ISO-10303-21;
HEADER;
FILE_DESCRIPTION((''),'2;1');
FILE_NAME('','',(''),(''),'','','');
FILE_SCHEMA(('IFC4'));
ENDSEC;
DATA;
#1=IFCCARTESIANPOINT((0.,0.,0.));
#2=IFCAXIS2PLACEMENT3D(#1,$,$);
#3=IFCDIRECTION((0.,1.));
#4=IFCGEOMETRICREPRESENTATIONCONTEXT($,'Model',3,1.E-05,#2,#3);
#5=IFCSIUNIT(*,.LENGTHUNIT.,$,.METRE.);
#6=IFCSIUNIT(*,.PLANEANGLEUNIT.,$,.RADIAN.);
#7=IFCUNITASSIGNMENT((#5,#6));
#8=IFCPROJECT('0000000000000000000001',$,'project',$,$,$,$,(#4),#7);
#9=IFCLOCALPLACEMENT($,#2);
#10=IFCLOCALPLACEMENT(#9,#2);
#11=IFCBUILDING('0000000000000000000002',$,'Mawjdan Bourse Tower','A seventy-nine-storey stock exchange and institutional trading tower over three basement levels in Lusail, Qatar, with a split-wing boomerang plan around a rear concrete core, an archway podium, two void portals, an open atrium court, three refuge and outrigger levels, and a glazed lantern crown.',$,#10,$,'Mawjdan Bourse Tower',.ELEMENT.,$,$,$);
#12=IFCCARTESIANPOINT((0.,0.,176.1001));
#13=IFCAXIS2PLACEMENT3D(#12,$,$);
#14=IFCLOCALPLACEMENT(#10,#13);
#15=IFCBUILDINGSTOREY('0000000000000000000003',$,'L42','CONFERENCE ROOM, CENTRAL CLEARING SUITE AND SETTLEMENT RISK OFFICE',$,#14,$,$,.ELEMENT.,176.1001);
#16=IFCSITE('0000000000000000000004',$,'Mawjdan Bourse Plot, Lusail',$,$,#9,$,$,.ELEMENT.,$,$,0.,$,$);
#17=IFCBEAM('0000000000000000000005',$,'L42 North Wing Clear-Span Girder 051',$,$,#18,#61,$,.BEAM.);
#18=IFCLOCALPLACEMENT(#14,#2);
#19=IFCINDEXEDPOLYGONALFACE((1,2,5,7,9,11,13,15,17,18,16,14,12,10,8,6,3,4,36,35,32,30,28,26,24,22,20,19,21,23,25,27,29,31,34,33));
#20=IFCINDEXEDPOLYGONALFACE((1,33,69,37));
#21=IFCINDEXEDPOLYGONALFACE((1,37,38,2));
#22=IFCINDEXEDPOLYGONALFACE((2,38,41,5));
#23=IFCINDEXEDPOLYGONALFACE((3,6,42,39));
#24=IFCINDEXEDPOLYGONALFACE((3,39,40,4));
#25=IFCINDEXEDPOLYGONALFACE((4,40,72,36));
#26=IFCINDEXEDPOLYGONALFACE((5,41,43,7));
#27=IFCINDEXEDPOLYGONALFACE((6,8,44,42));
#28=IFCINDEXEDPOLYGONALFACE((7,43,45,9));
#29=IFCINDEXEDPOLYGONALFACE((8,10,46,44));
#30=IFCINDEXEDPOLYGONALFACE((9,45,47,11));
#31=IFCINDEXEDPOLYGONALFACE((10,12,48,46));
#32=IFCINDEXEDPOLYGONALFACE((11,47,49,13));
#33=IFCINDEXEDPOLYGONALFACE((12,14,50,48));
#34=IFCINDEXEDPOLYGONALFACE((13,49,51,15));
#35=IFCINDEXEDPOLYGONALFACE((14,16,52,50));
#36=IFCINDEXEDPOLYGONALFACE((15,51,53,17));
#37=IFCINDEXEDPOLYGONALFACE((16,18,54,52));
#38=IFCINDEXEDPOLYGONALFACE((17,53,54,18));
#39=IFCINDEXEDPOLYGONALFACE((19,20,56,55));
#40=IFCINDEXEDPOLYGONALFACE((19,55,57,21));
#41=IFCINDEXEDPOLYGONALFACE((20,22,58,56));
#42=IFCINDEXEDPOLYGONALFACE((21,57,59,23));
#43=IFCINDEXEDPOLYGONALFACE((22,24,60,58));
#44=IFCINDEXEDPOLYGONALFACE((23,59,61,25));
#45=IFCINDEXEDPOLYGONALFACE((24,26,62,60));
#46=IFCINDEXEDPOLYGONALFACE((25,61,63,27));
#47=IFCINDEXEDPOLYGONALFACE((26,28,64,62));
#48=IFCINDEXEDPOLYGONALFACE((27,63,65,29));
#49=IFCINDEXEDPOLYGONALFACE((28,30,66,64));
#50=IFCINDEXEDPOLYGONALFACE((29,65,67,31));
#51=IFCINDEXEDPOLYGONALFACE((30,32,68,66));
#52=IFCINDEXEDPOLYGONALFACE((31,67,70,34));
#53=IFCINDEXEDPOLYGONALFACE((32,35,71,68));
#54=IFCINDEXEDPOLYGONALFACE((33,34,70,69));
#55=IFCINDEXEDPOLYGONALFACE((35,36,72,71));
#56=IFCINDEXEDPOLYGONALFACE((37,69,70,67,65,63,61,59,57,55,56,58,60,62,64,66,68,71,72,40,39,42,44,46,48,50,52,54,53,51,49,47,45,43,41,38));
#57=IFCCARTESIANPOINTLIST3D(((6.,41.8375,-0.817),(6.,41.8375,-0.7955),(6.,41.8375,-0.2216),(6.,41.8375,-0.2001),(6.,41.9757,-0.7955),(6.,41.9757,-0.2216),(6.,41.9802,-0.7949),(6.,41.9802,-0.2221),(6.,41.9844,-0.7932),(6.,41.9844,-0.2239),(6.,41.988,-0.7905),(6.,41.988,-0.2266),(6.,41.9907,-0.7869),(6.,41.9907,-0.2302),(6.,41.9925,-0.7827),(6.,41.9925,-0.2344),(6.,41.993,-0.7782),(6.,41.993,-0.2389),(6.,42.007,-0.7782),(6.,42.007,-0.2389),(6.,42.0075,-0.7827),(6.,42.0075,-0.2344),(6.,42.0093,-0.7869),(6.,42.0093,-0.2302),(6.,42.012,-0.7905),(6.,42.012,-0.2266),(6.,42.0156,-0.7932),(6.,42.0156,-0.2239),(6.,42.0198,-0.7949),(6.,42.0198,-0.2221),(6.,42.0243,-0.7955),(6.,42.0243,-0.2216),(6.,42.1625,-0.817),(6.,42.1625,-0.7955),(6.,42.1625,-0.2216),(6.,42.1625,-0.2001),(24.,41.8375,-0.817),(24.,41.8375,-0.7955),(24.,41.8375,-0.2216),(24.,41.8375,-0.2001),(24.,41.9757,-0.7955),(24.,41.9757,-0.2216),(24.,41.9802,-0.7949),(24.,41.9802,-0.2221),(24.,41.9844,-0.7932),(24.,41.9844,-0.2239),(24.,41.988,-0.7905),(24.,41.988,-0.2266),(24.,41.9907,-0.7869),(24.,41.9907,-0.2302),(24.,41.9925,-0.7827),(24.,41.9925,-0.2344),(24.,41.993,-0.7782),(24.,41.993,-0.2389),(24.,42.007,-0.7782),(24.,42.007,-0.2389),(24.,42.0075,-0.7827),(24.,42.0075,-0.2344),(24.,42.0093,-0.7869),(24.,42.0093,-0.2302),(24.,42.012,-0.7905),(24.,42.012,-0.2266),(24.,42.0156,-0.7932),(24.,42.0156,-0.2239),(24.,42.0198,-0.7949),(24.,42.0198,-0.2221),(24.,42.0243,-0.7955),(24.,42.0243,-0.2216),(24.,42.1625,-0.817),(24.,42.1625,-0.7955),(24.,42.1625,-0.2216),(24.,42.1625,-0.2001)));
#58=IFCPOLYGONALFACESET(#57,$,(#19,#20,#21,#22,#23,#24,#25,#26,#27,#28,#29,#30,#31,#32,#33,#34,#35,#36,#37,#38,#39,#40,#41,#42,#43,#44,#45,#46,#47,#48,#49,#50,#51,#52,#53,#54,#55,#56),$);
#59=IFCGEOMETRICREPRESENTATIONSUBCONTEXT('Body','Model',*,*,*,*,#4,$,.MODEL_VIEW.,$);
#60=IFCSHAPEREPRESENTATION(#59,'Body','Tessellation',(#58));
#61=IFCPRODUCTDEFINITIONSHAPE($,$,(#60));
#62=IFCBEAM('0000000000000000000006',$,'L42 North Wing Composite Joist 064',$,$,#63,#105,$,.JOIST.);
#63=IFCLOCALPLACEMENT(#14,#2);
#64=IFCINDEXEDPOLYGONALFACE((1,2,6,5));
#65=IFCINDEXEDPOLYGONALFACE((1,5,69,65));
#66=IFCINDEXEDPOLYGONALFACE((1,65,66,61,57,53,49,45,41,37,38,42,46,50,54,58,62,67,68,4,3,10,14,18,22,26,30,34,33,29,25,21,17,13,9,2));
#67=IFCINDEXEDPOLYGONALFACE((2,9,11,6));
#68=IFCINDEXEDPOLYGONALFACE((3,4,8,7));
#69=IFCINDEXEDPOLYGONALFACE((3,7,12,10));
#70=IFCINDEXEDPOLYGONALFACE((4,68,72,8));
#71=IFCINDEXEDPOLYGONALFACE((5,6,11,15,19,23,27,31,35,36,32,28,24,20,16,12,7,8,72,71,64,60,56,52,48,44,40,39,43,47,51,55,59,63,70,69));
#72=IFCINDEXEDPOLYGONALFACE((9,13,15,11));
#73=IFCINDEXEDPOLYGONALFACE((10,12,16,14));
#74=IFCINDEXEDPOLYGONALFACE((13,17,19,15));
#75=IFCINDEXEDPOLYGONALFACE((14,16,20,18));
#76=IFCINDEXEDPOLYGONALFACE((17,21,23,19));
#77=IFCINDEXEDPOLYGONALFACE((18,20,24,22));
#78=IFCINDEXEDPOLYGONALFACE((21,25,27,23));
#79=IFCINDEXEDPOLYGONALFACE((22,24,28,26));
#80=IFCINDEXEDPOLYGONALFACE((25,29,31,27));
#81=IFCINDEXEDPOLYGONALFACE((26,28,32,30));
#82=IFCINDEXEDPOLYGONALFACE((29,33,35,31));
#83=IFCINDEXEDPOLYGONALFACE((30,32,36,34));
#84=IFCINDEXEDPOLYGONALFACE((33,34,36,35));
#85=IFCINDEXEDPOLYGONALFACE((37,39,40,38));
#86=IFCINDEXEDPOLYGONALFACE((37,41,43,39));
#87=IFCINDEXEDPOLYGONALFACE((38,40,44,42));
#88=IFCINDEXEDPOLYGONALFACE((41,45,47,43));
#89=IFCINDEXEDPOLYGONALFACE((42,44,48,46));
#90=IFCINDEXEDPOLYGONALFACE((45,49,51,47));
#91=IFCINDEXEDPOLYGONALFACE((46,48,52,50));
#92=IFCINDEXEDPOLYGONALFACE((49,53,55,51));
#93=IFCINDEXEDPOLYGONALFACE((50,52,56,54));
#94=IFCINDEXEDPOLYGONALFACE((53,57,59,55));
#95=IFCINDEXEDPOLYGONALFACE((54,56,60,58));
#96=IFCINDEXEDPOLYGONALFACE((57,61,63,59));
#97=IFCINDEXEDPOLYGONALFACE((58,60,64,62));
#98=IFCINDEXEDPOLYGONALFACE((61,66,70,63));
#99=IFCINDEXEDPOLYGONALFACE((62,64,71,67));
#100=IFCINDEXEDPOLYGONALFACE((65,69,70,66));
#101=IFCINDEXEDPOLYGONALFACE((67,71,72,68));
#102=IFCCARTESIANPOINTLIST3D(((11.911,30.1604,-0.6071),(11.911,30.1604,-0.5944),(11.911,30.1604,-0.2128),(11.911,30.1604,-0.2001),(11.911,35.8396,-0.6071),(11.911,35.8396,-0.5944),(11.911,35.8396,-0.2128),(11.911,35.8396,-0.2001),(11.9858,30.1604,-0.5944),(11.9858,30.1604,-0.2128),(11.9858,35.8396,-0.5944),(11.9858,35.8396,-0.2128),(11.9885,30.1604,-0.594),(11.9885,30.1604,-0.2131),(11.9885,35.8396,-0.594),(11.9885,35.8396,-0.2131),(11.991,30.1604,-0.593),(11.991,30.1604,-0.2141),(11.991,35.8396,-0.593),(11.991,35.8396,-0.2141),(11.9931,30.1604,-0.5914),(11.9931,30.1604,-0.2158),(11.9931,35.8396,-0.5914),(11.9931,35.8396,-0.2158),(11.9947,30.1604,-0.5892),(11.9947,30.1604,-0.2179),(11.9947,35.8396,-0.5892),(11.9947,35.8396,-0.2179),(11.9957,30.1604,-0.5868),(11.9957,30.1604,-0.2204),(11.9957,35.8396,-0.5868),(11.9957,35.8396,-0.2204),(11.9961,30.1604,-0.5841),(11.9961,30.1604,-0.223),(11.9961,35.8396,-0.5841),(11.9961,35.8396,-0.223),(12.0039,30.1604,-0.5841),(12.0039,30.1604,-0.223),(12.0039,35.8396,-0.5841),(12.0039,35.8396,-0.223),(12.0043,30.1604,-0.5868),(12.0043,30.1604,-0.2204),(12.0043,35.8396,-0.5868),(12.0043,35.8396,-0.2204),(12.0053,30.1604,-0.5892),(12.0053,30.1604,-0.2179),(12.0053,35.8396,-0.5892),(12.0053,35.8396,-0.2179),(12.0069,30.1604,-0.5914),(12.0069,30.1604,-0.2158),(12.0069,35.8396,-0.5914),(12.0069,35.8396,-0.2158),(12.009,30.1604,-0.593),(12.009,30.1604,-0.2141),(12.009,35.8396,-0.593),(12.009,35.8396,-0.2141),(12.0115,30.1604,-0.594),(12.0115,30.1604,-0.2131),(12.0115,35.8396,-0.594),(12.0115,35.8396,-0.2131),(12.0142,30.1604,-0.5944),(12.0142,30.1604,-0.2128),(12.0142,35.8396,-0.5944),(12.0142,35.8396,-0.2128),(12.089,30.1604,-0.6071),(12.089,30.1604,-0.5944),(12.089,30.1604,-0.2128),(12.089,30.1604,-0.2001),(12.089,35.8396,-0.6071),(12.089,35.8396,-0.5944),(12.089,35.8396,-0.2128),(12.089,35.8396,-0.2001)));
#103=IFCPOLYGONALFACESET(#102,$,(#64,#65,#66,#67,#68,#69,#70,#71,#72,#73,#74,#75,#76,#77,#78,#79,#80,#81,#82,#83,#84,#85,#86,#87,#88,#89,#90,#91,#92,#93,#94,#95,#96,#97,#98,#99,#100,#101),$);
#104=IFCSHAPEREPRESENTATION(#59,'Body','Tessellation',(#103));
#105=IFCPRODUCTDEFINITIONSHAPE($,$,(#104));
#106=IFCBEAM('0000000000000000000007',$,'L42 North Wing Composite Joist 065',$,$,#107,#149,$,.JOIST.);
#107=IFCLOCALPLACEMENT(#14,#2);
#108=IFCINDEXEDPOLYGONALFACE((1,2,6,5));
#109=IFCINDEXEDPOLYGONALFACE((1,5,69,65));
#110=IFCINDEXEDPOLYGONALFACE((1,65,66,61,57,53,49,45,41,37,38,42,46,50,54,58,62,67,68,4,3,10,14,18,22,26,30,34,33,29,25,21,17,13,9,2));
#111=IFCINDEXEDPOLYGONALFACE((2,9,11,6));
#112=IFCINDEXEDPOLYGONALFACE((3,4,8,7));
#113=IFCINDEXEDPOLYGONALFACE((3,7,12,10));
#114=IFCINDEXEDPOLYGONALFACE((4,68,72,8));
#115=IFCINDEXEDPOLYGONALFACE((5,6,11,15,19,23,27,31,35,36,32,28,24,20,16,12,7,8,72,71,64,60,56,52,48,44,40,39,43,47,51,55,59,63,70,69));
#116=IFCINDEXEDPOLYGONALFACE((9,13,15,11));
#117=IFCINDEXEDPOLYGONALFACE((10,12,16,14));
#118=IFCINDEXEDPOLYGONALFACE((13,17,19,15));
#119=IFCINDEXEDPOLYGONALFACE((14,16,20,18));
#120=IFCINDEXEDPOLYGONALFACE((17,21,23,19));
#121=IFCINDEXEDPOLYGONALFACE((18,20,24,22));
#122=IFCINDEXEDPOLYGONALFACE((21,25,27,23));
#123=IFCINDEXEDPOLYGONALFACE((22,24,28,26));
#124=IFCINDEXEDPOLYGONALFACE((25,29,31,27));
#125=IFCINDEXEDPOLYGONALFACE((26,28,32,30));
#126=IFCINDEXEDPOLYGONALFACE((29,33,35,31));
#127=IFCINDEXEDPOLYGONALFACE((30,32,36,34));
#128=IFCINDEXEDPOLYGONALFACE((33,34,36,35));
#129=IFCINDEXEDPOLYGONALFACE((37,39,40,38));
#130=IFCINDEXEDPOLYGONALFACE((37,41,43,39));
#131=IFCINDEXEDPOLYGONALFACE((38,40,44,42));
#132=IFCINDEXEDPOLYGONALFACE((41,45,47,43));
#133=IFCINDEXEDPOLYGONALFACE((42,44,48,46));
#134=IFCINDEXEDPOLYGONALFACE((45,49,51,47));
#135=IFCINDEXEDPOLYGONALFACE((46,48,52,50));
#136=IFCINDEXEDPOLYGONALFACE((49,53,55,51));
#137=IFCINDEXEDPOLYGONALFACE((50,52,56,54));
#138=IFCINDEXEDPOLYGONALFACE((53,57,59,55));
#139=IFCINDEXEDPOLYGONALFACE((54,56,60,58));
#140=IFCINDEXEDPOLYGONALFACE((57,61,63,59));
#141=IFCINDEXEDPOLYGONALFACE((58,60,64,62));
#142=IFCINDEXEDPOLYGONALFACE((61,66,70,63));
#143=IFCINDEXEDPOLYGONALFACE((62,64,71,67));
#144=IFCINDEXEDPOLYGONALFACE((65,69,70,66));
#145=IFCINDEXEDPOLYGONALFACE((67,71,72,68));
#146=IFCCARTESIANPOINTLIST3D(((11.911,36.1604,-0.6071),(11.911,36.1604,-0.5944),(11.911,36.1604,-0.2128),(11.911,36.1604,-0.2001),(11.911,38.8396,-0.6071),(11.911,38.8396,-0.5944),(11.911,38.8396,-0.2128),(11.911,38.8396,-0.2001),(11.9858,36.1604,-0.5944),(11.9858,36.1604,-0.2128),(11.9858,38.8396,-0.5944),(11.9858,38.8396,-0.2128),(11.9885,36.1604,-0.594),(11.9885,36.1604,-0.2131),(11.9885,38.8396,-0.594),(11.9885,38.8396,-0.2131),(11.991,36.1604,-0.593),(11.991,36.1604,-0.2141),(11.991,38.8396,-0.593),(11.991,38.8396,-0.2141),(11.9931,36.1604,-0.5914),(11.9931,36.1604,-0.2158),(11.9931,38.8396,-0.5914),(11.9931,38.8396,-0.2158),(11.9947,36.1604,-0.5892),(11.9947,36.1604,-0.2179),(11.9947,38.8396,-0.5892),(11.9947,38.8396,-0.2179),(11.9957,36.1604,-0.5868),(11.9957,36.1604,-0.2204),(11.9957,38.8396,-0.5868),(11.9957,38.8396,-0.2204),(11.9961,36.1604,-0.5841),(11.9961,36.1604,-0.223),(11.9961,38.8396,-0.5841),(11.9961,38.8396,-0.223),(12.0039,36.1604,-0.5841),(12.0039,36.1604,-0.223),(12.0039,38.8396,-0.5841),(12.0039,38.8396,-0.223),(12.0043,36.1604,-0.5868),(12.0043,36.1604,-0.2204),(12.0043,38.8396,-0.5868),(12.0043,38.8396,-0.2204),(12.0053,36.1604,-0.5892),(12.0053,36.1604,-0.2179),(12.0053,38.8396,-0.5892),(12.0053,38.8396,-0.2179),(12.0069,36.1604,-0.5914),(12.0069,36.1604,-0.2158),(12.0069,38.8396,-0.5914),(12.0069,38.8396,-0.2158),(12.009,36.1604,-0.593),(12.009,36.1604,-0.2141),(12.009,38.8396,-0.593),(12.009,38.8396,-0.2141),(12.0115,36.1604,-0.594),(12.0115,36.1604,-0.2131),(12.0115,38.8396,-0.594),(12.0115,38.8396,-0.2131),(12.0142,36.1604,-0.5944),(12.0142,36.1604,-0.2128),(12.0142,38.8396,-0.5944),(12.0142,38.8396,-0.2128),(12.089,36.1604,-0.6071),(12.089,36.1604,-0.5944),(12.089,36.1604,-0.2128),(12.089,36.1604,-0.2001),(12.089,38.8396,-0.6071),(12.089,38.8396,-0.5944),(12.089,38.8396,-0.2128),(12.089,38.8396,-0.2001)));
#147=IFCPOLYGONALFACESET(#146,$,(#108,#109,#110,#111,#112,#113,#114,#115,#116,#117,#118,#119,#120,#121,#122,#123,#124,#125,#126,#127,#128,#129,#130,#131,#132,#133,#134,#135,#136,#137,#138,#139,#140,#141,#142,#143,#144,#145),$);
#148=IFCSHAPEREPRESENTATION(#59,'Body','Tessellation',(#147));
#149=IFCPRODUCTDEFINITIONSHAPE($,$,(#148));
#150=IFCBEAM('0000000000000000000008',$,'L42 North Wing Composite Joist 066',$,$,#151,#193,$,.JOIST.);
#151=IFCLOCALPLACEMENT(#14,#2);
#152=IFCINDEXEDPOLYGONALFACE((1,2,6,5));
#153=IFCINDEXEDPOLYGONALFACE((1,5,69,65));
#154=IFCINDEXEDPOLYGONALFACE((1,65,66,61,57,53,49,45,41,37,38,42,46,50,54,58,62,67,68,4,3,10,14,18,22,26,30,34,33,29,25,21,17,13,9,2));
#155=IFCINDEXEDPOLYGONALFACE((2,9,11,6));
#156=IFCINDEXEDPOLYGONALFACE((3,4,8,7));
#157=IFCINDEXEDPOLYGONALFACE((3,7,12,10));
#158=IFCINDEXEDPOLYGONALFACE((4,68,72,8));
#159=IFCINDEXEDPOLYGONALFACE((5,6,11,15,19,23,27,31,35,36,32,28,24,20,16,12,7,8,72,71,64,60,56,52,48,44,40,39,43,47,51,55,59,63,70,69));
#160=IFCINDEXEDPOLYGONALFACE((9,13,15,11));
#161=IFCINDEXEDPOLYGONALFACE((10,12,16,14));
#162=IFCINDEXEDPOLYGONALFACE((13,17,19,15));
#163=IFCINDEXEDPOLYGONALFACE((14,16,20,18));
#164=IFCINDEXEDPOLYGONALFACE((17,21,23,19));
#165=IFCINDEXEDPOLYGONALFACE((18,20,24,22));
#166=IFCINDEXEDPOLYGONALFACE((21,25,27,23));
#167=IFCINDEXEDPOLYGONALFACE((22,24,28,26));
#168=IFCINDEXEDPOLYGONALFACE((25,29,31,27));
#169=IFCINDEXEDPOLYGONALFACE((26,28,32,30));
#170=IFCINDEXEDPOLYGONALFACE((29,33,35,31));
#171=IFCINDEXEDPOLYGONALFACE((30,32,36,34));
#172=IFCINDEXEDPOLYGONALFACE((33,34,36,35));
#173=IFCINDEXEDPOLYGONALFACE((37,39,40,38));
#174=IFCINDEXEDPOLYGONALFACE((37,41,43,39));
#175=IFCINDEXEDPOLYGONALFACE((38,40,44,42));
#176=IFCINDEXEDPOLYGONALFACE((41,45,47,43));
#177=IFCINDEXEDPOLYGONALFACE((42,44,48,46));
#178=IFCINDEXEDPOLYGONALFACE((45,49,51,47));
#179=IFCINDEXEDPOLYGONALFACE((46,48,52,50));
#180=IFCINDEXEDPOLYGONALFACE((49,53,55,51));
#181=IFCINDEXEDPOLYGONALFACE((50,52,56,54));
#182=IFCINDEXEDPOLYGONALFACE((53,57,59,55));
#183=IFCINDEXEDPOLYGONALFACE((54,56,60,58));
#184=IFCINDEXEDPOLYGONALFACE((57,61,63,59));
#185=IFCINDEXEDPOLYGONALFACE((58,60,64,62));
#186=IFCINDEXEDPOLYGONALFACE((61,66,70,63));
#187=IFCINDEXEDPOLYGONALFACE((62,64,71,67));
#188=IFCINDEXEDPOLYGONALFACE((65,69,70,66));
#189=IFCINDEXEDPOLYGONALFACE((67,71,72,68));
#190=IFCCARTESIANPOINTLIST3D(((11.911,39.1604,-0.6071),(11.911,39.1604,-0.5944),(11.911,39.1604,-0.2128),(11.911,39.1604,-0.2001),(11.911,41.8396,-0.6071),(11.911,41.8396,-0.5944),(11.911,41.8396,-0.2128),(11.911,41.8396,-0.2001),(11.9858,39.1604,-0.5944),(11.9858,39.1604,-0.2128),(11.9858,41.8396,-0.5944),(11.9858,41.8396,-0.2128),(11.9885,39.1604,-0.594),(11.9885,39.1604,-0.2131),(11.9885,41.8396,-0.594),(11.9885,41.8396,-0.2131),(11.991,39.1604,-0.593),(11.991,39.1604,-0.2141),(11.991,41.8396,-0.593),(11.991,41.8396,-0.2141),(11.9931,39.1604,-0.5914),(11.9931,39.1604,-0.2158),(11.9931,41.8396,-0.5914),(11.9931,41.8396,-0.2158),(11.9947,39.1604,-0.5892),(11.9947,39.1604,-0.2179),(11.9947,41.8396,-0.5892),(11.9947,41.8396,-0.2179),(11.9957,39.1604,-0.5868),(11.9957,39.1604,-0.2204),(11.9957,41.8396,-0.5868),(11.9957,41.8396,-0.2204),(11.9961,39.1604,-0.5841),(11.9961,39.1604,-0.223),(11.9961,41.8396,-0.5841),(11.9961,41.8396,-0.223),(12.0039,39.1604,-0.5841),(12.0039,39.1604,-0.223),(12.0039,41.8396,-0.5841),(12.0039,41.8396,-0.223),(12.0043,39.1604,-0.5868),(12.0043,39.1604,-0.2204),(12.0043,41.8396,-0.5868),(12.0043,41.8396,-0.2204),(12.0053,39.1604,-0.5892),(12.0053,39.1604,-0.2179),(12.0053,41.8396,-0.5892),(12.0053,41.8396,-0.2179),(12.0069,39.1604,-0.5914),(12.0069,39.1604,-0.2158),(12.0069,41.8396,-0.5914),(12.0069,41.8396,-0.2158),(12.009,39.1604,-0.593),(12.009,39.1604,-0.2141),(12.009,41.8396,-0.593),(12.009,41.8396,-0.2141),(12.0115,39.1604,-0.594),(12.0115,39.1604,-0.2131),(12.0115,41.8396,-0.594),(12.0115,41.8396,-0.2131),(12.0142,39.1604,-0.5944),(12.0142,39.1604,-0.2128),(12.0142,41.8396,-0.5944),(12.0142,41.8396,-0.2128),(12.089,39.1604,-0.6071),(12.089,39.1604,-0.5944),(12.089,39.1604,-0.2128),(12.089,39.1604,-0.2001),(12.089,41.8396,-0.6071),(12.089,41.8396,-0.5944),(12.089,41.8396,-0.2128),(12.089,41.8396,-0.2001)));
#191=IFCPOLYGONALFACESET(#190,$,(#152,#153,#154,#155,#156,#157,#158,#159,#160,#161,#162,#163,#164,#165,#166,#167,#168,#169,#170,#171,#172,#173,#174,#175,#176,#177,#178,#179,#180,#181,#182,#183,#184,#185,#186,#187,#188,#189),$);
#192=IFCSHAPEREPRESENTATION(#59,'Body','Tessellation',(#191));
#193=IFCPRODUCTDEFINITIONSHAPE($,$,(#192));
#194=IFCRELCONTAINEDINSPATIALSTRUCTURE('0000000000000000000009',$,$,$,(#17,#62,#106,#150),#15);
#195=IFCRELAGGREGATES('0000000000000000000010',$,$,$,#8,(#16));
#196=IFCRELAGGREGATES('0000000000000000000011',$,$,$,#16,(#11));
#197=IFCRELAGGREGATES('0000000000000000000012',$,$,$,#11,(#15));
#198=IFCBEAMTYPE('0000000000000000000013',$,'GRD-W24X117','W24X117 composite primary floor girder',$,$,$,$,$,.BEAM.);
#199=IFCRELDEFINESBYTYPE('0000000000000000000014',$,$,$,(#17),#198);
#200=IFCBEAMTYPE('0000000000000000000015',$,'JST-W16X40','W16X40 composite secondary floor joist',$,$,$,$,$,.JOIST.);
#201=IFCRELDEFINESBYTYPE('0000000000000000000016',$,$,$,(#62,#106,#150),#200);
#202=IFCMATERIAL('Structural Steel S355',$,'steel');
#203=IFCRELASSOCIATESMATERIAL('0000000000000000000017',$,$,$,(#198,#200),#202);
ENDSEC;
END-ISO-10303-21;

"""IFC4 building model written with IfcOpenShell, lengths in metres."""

from ifc_helpers import new_model, si_unit, direction, frame, origin, origin_2d, place, context, subcontext, project, spatial, i_section, extrude, material, material_profile, profile_set, type_object, element, save


model = new_model("IFC4")

# Units and contexts
model_context = context("Model", 3, precision=1e-05, world=origin(), true_north=direction((0.0, 1.0)))
body_context = subcontext(model_context, "Body", "Model", "MODEL_VIEW")
ifc_project = project(units=[si_unit("LENGTHUNIT", "METRE"), si_unit("PLANEANGLEUNIT", "RADIAN")], contexts=[model_context])

# Site, building, storey
site_placement = place(None, origin())
site = spatial("IfcSite", under=ifc_project, at=site_placement, Name="Mawjdan Bourse Plot, Lusail", CompositionType="ELEMENT", RefElevation=0.0)
building_placement = place(site_placement, origin())
building = spatial("IfcBuilding", under=site, at=building_placement, Name="Mawjdan Bourse Tower", Description="A seventy-nine-storey stock exchange and institutional trading tower over three basement levels in Lusail, Qatar, with a split-wing boomerang plan around a rear concrete core, an archway podium, two void portals, an open atrium court, three refuge and outrigger levels, and a glazed lantern crown.", LongName="Mawjdan Bourse Tower", CompositionType="ELEMENT")
storey_placement = place(building_placement, frame((0.0, 0.0, 176.1001)))
storey = spatial("IfcBuildingStorey", under=building, at=storey_placement, Name="L42", Description="CONFERENCE ROOM, CENTRAL CLEARING SUITE AND SETTLEMENT RISK OFFICE", CompositionType="ELEMENT", Elevation=176.1001)

# Beams
ifc_material_1 = material(Name="Structural Steel S355", Category="steel")
ifc_material_profile_1 = material_profile(ifc_material_1, i_section(OverallWidth=0.325, OverallDepth=0.6169, WebThickness=0.0139, FlangeThickness=0.0215, FilletRadius=0.0173, at=origin_2d()), Name="W24X117")
ifc_profile_set_1 = profile_set([ifc_material_profile_1], Name="Structural Steel S355")
beam_type_1 = type_object("IfcBeamType", Name="GRD-W24X117", Description="W24X117 composite primary floor girder", PredefinedType="BEAM", material=ifc_profile_set_1)
for number, where, z_axis, x_axis, name in (
    (1, (6.0, 42.0, -0.5085), (1.0, 0.0, 0.0), (0.0, 1.0, 0.0), "L42 North Wing Clear-Span Girder 051"),
):
    element("IfcBeam", number, at=place(storey_placement, frame(where, z_axis=z_axis, x_axis=x_axis)), inside=storey, type_object=beam_type_1, Name=name, PredefinedType="BEAM", context=body_context, shape_type="SweptSolid", body=[
        extrude(i_section(OverallWidth=0.325, OverallDepth=0.6169, WebThickness=0.0139, FlangeThickness=0.0215, FilletRadius=0.0173, at=origin_2d()), origin(), (0.0, 0.0, 1.0), 18.0),
    ])
ifc_material_profile_2 = material_profile(ifc_material_1, i_section(OverallWidth=0.178, OverallDepth=0.407, WebThickness=0.0078, FlangeThickness=0.0127, FilletRadius=0.0103, at=origin_2d()), Name="W16X40")
ifc_profile_set_2 = profile_set([ifc_material_profile_2], Name="Structural Steel S355")
beam_type_2 = type_object("IfcBeamType", Name="JST-W16X40", Description="W16X40 composite secondary floor joist", PredefinedType="JOIST", material=ifc_profile_set_2)
beam_1_placement = place(storey_placement, frame((12.0, 30.1604, -0.4036), z_axis=(0.0, 1.0, 0.0), x_axis=(-1.0, 0.0, 0.0)))
element("IfcBeam", 2, at=beam_1_placement, inside=storey, type_object=beam_type_2, Name="L42 North Wing Composite Joist 064", PredefinedType="JOIST", context=body_context, shape_type="SweptSolid", body=[
    extrude(i_section(OverallWidth=0.178, OverallDepth=0.407, WebThickness=0.0078, FlangeThickness=0.0127, FilletRadius=0.0103, at=origin_2d()), origin(), (0.0, 0.0, 1.0), 5.6792),
])
for number, where, z_axis, x_axis, name in (
    (3, (12.0, 36.1604, -0.4036), (0.0, 1.0, 0.0), (-1.0, 0.0, 0.0), "L42 North Wing Composite Joist 065"),
    (4, (12.0, 39.1604, -0.4036), (0.0, 1.0, 0.0), (-1.0, 0.0, 0.0), "L42 North Wing Composite Joist 066"),
):
    element("IfcBeam", number, at=place(storey_placement, frame(where, z_axis=z_axis, x_axis=x_axis)), inside=storey, type_object=beam_type_2, Name=name, PredefinedType="JOIST", context=body_context, shape_type="SweptSolid", body=[
        extrude(i_section(OverallWidth=0.178, OverallDepth=0.407, WebThickness=0.0078, FlangeThickness=0.0127, FilletRadius=0.0103, at=origin_2d()), origin(), (0.0, 0.0, 1.0), 2.6792),
    ])

save(model, "model.ifc")
